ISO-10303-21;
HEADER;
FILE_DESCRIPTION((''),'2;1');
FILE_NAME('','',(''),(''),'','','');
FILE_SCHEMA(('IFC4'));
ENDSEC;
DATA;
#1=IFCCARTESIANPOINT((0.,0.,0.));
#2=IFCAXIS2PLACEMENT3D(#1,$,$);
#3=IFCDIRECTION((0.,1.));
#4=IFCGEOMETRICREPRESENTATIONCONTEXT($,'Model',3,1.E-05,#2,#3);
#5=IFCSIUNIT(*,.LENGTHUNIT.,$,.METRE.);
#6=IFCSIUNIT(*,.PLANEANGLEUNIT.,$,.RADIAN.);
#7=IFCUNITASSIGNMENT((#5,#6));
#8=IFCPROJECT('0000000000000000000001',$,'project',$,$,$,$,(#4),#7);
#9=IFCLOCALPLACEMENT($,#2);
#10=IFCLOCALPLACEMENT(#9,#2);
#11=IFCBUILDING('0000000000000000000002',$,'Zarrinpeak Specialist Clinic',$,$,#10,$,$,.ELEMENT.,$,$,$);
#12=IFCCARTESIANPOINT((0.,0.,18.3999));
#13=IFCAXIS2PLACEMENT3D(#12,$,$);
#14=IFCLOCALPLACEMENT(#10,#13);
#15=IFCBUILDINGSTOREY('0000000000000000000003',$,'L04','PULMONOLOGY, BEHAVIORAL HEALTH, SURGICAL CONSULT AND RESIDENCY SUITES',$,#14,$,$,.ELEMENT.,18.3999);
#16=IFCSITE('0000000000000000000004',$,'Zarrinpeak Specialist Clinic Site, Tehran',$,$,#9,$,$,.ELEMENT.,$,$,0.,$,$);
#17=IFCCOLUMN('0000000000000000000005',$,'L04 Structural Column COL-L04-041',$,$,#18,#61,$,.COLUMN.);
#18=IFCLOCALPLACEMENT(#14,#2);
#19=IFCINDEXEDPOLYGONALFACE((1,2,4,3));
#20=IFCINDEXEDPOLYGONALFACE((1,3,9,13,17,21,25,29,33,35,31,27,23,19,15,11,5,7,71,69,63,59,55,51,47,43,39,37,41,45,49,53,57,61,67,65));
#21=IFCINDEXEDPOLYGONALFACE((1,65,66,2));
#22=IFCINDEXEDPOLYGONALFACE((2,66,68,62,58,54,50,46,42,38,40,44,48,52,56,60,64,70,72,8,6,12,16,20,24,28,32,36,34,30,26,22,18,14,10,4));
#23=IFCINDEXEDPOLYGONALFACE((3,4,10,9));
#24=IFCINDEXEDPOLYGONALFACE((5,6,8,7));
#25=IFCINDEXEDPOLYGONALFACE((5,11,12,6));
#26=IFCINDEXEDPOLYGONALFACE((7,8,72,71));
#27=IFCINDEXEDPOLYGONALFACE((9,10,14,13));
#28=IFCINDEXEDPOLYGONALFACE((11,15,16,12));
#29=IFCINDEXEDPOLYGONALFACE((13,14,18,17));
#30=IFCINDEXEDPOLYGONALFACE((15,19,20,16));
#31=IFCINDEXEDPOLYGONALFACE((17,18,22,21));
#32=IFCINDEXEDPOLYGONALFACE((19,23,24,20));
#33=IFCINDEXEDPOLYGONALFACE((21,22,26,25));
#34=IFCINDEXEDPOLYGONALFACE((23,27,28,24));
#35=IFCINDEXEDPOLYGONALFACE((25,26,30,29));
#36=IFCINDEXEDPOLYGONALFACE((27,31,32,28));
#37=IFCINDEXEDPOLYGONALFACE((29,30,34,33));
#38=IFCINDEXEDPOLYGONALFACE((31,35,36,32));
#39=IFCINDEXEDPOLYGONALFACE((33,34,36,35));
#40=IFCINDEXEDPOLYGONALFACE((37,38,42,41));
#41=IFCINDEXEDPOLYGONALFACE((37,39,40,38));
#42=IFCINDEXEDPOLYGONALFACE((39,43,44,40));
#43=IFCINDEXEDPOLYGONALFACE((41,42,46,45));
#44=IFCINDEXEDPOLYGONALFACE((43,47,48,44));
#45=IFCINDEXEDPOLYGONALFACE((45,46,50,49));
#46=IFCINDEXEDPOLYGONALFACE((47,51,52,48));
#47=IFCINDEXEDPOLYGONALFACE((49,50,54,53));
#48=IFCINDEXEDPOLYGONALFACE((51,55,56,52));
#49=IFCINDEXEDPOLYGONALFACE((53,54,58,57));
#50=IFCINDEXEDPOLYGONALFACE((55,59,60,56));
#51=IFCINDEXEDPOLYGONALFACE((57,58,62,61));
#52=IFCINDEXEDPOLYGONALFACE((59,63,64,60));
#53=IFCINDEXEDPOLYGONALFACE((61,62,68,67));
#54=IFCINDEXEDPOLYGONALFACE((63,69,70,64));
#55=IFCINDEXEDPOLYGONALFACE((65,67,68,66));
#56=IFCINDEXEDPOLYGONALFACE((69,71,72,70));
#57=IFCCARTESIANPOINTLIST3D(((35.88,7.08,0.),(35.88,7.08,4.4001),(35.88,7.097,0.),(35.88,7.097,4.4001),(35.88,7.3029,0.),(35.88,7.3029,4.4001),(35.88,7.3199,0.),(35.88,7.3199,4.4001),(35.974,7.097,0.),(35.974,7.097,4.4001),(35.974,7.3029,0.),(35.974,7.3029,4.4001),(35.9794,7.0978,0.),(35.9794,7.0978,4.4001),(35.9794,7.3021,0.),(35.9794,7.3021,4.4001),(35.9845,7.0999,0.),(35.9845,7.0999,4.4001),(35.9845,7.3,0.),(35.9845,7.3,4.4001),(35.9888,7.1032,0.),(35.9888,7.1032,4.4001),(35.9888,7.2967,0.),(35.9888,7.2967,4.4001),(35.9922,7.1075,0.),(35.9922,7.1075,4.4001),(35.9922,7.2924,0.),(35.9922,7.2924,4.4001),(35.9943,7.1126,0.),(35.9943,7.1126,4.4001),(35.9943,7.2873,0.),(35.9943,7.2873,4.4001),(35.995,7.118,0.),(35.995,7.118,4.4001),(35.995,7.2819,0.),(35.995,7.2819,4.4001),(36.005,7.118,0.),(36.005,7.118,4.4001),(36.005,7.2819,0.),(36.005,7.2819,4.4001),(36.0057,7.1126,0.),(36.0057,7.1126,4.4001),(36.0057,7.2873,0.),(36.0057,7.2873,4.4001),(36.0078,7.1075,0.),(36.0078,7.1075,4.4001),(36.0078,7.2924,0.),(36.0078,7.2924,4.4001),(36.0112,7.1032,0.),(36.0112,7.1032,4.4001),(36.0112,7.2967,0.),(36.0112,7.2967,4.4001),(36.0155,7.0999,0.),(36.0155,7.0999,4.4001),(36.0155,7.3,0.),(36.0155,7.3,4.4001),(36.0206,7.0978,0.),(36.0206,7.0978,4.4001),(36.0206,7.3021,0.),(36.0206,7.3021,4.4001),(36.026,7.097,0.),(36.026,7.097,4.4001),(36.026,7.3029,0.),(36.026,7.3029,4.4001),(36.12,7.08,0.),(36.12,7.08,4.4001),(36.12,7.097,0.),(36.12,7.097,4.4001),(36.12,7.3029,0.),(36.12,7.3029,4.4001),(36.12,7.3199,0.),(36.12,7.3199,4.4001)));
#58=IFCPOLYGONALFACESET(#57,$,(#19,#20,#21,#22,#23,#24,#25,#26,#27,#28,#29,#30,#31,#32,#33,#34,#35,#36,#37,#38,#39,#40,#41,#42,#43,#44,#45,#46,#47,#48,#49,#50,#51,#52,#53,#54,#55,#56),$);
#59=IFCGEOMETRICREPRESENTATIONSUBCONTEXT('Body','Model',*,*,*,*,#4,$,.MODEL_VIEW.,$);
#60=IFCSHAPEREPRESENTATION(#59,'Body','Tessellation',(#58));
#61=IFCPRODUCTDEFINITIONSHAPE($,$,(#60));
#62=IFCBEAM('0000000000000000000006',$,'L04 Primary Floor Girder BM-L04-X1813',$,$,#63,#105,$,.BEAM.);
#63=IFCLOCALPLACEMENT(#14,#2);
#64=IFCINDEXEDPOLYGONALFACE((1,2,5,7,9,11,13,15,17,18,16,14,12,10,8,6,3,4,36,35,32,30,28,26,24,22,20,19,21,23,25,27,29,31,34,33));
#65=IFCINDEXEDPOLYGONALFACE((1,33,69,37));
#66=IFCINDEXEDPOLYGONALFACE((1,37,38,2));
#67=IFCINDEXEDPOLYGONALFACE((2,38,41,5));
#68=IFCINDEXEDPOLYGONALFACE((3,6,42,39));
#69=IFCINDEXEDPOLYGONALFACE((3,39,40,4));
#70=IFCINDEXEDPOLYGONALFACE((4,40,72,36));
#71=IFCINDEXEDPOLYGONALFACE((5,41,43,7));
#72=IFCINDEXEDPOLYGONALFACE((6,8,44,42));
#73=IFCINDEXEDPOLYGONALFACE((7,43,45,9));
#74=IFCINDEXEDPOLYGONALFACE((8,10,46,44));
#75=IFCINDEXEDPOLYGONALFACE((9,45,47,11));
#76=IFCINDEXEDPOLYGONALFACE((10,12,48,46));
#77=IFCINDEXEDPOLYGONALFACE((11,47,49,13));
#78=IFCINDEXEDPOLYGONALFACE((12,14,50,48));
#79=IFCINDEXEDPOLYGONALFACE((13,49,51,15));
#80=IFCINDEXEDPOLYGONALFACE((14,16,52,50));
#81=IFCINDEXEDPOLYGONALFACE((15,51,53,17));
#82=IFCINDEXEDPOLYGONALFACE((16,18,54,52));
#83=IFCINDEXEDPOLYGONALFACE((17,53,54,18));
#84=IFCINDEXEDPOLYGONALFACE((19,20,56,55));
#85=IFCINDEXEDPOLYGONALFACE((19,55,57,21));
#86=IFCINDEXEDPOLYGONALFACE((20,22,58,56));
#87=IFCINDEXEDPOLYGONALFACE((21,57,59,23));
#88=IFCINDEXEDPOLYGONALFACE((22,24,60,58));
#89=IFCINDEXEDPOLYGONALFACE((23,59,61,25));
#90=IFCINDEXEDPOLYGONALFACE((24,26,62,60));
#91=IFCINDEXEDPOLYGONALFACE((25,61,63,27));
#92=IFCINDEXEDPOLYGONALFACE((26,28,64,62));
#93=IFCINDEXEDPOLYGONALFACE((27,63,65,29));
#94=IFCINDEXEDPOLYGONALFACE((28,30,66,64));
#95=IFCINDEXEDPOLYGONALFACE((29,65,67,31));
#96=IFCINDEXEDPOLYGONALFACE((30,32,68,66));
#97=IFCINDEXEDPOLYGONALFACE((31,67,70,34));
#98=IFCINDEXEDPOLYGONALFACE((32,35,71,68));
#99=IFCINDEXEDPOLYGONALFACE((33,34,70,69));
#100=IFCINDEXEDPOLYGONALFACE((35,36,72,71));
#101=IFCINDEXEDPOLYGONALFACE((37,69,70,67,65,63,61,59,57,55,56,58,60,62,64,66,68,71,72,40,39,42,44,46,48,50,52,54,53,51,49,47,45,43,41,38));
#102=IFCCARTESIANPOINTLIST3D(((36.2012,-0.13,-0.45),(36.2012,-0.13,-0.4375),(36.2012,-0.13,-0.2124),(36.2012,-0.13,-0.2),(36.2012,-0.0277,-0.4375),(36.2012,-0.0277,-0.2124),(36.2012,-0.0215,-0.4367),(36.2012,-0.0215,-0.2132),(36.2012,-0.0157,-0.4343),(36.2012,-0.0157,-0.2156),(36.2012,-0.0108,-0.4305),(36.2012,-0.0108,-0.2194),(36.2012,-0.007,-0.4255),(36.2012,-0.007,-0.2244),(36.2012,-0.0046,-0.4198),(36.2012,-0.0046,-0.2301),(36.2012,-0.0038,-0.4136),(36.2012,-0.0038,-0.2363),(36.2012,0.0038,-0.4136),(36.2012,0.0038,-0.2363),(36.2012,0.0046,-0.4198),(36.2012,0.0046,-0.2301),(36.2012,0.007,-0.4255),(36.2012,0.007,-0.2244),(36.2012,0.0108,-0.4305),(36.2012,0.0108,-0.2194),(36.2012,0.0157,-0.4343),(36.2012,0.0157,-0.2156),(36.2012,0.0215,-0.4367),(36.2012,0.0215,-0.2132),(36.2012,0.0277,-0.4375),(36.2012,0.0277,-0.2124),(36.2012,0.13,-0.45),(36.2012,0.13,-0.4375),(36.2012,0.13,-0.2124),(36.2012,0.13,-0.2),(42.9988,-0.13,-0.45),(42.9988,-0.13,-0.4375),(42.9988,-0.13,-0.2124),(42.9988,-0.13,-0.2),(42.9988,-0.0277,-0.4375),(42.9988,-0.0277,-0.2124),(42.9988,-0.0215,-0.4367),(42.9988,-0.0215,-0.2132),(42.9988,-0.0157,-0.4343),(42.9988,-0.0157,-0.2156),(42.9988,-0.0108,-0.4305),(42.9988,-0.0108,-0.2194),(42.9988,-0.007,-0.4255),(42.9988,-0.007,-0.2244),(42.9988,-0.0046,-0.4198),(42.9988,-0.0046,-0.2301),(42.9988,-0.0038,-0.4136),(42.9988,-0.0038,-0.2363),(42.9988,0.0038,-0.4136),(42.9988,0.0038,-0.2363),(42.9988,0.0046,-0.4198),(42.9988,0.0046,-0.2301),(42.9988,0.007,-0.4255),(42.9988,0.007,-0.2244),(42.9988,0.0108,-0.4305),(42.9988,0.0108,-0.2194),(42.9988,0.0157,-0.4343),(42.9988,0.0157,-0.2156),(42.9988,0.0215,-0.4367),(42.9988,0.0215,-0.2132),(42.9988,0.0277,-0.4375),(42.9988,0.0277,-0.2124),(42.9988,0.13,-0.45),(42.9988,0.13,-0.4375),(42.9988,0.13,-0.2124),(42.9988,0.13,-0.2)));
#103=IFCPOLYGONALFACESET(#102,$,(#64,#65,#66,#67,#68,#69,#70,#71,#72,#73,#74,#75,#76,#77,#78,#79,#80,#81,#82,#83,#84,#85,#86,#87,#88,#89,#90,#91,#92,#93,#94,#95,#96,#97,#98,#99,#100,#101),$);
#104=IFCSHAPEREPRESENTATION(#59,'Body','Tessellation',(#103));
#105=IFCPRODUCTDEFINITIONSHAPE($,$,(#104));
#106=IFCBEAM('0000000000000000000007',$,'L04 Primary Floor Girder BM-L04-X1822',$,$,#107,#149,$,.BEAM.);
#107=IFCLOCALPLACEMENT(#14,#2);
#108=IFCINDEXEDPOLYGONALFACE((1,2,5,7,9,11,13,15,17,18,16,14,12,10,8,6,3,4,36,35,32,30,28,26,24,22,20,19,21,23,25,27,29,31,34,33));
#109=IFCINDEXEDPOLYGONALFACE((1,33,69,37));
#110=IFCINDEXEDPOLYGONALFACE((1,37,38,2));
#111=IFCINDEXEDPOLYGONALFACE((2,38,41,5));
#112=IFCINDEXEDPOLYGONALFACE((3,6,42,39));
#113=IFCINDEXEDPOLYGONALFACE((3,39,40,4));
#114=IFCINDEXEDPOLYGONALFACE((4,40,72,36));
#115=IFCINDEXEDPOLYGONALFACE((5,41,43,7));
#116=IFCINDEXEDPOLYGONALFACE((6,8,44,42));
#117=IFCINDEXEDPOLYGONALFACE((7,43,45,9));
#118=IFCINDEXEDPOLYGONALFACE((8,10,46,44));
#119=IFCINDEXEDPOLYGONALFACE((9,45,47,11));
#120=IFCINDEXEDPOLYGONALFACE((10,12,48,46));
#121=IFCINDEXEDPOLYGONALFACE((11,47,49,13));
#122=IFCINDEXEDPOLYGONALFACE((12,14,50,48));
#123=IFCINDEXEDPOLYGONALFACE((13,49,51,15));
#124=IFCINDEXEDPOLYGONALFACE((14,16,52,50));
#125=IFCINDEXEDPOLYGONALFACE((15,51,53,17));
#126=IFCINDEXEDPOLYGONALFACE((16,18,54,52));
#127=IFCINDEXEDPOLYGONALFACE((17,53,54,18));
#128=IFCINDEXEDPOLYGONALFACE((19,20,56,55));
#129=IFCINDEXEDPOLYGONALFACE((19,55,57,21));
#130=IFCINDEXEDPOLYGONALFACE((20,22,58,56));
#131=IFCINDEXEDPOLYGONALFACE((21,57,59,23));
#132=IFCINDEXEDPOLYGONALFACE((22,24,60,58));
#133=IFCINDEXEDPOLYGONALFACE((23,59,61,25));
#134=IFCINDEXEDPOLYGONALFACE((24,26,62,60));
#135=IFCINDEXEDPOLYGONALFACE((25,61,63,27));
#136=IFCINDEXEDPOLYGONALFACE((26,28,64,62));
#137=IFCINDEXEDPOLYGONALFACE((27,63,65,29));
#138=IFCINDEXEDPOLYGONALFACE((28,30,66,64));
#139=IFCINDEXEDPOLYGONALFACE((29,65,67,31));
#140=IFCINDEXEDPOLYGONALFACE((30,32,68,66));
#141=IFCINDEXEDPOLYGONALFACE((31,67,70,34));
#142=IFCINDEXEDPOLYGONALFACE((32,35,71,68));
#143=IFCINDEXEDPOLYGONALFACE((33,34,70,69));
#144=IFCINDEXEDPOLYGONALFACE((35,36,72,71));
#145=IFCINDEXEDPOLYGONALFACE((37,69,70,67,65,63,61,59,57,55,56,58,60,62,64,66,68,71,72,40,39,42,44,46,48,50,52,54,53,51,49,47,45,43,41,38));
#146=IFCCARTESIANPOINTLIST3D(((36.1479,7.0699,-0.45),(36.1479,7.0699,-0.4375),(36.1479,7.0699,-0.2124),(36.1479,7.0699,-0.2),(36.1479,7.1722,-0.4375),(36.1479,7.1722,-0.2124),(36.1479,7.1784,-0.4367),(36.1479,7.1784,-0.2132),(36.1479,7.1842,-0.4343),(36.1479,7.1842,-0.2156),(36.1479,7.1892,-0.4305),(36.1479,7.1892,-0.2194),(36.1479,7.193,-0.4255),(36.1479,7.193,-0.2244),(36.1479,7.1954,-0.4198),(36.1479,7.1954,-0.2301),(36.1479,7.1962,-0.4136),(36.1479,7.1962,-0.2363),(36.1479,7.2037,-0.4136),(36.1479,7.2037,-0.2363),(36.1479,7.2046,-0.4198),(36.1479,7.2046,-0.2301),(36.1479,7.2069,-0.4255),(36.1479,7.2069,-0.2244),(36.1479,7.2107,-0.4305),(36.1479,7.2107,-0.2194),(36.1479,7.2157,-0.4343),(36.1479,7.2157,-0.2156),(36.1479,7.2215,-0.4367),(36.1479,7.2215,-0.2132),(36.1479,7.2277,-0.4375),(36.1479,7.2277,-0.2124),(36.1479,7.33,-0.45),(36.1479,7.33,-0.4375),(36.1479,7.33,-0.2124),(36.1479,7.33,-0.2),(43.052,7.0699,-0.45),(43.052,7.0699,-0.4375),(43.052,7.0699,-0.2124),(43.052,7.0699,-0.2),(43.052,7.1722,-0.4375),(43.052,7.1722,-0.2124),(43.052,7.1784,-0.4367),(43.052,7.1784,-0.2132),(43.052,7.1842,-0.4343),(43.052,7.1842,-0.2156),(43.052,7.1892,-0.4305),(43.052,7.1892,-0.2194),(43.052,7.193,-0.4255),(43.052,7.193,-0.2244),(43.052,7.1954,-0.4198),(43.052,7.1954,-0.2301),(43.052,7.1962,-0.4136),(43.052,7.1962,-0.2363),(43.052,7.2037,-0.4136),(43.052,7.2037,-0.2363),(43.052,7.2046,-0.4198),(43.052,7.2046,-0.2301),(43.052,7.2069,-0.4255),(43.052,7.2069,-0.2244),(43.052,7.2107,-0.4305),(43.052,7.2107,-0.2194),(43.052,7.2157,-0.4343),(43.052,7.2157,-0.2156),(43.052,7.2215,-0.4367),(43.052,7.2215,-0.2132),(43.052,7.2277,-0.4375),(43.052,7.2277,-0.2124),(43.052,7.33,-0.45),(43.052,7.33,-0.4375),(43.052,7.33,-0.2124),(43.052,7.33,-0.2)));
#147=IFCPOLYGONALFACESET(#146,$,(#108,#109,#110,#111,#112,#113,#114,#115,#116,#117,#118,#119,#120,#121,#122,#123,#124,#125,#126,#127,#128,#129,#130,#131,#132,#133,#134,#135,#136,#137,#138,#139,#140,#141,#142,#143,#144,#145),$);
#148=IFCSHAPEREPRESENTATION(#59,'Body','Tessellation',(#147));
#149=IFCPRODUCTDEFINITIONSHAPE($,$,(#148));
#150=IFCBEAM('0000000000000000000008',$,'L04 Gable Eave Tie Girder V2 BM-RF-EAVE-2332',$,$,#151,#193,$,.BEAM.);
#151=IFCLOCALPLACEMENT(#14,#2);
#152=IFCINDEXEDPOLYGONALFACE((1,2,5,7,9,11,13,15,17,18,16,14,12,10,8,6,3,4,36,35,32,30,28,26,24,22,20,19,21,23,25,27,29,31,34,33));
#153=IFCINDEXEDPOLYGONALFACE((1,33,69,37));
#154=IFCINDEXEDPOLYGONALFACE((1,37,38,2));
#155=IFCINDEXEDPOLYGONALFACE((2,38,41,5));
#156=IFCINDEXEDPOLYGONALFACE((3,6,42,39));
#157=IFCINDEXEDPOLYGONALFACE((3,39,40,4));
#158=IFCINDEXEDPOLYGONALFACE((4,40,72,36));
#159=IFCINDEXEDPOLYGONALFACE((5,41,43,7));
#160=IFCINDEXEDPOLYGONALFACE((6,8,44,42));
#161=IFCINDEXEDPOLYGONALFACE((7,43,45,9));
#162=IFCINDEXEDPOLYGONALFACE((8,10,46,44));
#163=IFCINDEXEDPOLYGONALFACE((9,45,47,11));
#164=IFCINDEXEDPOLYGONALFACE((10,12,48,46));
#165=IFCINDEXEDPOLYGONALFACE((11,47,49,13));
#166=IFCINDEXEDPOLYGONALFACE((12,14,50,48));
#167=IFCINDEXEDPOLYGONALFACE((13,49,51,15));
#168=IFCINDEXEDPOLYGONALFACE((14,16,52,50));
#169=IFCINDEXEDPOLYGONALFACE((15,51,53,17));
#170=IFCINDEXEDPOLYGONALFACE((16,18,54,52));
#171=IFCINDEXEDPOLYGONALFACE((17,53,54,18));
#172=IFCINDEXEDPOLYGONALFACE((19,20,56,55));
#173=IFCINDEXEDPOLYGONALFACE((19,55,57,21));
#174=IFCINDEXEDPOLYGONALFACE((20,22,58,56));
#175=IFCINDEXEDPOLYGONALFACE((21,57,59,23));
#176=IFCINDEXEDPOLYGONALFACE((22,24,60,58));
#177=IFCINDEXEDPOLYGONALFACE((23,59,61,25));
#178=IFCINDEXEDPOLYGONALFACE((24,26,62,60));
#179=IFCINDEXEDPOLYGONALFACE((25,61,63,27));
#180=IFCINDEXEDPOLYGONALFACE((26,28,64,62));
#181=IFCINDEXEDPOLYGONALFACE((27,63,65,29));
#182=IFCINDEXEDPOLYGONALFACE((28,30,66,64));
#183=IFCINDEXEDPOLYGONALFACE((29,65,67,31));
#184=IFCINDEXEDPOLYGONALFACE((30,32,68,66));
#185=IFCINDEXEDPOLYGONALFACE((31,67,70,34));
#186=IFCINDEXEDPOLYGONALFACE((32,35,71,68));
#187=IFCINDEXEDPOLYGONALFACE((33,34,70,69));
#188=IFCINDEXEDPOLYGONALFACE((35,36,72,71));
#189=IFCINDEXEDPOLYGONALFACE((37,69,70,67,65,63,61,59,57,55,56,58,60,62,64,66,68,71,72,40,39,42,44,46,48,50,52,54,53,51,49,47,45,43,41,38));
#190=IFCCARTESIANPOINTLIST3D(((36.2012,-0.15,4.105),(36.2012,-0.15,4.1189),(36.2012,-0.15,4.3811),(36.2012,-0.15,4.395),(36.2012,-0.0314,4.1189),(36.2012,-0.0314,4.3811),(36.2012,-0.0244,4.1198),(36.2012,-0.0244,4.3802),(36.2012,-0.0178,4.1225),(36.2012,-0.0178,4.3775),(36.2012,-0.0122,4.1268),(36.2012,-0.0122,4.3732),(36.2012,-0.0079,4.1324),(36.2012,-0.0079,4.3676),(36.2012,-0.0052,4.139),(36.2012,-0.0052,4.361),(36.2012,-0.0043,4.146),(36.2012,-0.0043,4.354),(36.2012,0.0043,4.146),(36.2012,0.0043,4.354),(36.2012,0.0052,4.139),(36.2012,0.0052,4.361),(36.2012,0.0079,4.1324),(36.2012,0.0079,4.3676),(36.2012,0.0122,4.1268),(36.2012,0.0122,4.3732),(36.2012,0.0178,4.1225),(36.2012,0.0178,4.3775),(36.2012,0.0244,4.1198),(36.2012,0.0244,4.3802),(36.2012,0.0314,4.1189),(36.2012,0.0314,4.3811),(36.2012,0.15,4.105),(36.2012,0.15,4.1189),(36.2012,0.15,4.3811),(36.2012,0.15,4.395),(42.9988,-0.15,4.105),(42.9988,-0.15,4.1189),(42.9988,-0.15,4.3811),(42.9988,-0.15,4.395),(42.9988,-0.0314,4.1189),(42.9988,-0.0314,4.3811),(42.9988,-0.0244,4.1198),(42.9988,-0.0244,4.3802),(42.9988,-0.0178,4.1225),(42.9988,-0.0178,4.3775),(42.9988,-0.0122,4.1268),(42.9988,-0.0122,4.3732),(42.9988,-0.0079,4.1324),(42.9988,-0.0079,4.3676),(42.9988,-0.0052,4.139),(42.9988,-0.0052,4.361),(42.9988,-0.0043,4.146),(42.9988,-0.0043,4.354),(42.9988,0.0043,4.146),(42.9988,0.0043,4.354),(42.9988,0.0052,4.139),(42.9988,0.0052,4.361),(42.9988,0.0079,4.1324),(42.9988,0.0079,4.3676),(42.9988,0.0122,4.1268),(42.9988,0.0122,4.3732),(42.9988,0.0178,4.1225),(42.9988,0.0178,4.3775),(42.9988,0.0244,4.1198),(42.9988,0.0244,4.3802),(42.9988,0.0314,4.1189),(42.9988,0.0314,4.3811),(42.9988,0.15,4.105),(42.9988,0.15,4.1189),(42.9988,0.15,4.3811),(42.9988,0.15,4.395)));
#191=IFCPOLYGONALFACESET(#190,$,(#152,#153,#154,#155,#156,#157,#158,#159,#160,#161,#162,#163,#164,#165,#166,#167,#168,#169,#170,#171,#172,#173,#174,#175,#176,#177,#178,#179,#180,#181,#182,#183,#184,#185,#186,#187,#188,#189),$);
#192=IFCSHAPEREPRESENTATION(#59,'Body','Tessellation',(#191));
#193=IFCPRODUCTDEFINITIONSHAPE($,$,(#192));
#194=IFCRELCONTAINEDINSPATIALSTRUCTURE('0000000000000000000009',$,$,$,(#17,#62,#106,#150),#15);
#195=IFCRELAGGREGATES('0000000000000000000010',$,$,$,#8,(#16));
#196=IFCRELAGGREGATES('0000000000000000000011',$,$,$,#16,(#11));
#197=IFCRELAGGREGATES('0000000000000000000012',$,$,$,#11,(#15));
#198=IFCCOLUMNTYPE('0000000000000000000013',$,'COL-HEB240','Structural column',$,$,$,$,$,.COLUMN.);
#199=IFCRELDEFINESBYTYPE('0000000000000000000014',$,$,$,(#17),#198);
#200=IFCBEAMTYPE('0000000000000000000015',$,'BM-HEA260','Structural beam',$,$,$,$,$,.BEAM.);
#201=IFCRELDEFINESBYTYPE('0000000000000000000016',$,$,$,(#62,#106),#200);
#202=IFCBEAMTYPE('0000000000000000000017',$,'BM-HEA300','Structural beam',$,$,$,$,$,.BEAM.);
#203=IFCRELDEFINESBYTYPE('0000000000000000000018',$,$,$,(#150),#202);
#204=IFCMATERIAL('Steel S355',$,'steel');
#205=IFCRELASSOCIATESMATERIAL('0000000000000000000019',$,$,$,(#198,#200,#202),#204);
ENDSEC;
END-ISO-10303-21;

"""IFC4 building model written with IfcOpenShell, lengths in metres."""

from ifc_helpers import new_model, si_unit, direction, frame, origin, origin_2d, place, context, subcontext, project, spatial, i_section, extrude, material, material_profile, profile_set, type_object, element, save


model = new_model("IFC4")

# Units and contexts
model_context = context("Model", 3, precision=1e-05, world=origin(), true_north=direction((0.0, 1.0)))
body_context = subcontext(model_context, "Body", "Model", "MODEL_VIEW")
ifc_project = project(units=[si_unit("LENGTHUNIT", "METRE"), si_unit("PLANEANGLEUNIT", "RADIAN")], contexts=[model_context])

# Site, building, storey
site_placement = place(None, origin())
site = spatial("IfcSite", under=ifc_project, at=site_placement, Name="Zarrinpeak Specialist Clinic Site, Tehran", CompositionType="ELEMENT", RefElevation=0.0)
building_placement = place(site_placement, origin())
building = spatial("IfcBuilding", under=site, at=building_placement, Name="Zarrinpeak Specialist Clinic", CompositionType="ELEMENT")
storey_placement = place(building_placement, frame((0.0, 0.0, 18.3999)))
storey = spatial("IfcBuildingStorey", under=building, at=storey_placement, Name="L04", Description="PULMONOLOGY, BEHAVIORAL HEALTH, SURGICAL CONSULT AND RESIDENCY SUITES", CompositionType="ELEMENT", Elevation=18.3999)

# Column
ifc_material_1 = material(Name="Steel S355", Category="steel")
ifc_material_profile_1 = material_profile(ifc_material_1, i_section(OverallWidth=0.24, OverallDepth=0.24, WebThickness=0.01, FlangeThickness=0.0171, FilletRadius=0.021, at=origin_2d()), Name="HEB 240")
ifc_profile_set_1 = profile_set([ifc_material_profile_1], Name="Steel S355")
column_type = type_object("IfcColumnType", Name="COL-HEB240", Description="Structural column", PredefinedType="COLUMN", material=ifc_profile_set_1)
column_placement = place(storey_placement, frame((36.0, 7.2, 0.0), z_axis=(0.0, 0.0, 1.0), x_axis=(1.0, 0.0, 0.0)))
element("IfcColumn", 1, at=column_placement, inside=storey, type_object=column_type, Name="L04 Structural Column COL-L04-041", PredefinedType="COLUMN", context=body_context, shape_type="SweptSolid", body=[
    extrude(i_section(OverallWidth=0.24, OverallDepth=0.24, WebThickness=0.01, FlangeThickness=0.0171, FilletRadius=0.021, at=origin_2d()), origin(), (0.0, 0.0, 1.0), 4.4001),
])

# Beams
ifc_material_profile_2 = material_profile(ifc_material_1, i_section(OverallWidth=0.26, OverallDepth=0.25, WebThickness=0.0076, FlangeThickness=0.0125, FilletRadius=0.0239, at=origin_2d()), Name="HEA 260")
ifc_profile_set_2 = profile_set([ifc_material_profile_2], Name="Steel S355")
beam_type_1 = type_object("IfcBeamType", Name="BM-HEA260", Description="Structural beam", PredefinedType="BEAM", material=ifc_profile_set_2)
beam_1_placement = place(storey_placement, frame((36.2012, 0.0, -0.325), z_axis=(1.0, 0.0, 0.0), x_axis=(0.0, 1.0, 0.0)))
element("IfcBeam", 2, at=beam_1_placement, inside=storey, type_object=beam_type_1, Name="L04 Primary Floor Girder BM-L04-X1813", PredefinedType="BEAM", context=body_context, shape_type="SweptSolid", body=[
    extrude(i_section(OverallWidth=0.26, OverallDepth=0.25, WebThickness=0.0076, FlangeThickness=0.0125, FilletRadius=0.0239, at=origin_2d()), origin(), (0.0, 0.0, 1.0), 6.7976),
])
beam_2_placement = place(storey_placement, frame((36.1479, 7.2, -0.325), z_axis=(1.0, 0.0, 0.0), x_axis=(0.0, 1.0, 0.0)))
element("IfcBeam", 3, at=beam_2_placement, inside=storey, type_object=beam_type_1, Name="L04 Primary Floor Girder BM-L04-X1822", PredefinedType="BEAM", context=body_context, shape_type="SweptSolid", body=[
    extrude(i_section(OverallWidth=0.26, OverallDepth=0.25, WebThickness=0.0076, FlangeThickness=0.0125, FilletRadius=0.0239, at=origin_2d()), origin(), (0.0, 0.0, 1.0), 6.9041),
])
ifc_material_profile_3 = material_profile(ifc_material_1, i_section(OverallWidth=0.3, OverallDepth=0.29, WebThickness=0.0085, FlangeThickness=0.0139, FilletRadius=0.0271, at=origin_2d()), Name="HEA 300")
ifc_profile_set_3 = profile_set([ifc_material_profile_3], Name="Steel S355")
beam_type_2 = type_object("IfcBeamType", Name="BM-HEA300", Description="Structural beam", PredefinedType="BEAM", material=ifc_profile_set_3)
beam_3_placement = place(storey_placement, frame((36.2012, 0.0, 4.25), z_axis=(1.0, 0.0, 0.0), x_axis=(0.0, 1.0, 0.0)))
element("IfcBeam", 4, at=beam_3_placement, inside=storey, type_object=beam_type_2, Name="L04 Gable Eave Tie Girder V2 BM-RF-EAVE-2332", PredefinedType="BEAM", context=body_context, shape_type="SweptSolid", body=[
    extrude(i_section(OverallWidth=0.3, OverallDepth=0.29, WebThickness=0.0085, FlangeThickness=0.0139, FilletRadius=0.0271, at=origin_2d()), origin(), (0.0, 0.0, 1.0), 6.7976),
])

save(model, "model.ifc")
